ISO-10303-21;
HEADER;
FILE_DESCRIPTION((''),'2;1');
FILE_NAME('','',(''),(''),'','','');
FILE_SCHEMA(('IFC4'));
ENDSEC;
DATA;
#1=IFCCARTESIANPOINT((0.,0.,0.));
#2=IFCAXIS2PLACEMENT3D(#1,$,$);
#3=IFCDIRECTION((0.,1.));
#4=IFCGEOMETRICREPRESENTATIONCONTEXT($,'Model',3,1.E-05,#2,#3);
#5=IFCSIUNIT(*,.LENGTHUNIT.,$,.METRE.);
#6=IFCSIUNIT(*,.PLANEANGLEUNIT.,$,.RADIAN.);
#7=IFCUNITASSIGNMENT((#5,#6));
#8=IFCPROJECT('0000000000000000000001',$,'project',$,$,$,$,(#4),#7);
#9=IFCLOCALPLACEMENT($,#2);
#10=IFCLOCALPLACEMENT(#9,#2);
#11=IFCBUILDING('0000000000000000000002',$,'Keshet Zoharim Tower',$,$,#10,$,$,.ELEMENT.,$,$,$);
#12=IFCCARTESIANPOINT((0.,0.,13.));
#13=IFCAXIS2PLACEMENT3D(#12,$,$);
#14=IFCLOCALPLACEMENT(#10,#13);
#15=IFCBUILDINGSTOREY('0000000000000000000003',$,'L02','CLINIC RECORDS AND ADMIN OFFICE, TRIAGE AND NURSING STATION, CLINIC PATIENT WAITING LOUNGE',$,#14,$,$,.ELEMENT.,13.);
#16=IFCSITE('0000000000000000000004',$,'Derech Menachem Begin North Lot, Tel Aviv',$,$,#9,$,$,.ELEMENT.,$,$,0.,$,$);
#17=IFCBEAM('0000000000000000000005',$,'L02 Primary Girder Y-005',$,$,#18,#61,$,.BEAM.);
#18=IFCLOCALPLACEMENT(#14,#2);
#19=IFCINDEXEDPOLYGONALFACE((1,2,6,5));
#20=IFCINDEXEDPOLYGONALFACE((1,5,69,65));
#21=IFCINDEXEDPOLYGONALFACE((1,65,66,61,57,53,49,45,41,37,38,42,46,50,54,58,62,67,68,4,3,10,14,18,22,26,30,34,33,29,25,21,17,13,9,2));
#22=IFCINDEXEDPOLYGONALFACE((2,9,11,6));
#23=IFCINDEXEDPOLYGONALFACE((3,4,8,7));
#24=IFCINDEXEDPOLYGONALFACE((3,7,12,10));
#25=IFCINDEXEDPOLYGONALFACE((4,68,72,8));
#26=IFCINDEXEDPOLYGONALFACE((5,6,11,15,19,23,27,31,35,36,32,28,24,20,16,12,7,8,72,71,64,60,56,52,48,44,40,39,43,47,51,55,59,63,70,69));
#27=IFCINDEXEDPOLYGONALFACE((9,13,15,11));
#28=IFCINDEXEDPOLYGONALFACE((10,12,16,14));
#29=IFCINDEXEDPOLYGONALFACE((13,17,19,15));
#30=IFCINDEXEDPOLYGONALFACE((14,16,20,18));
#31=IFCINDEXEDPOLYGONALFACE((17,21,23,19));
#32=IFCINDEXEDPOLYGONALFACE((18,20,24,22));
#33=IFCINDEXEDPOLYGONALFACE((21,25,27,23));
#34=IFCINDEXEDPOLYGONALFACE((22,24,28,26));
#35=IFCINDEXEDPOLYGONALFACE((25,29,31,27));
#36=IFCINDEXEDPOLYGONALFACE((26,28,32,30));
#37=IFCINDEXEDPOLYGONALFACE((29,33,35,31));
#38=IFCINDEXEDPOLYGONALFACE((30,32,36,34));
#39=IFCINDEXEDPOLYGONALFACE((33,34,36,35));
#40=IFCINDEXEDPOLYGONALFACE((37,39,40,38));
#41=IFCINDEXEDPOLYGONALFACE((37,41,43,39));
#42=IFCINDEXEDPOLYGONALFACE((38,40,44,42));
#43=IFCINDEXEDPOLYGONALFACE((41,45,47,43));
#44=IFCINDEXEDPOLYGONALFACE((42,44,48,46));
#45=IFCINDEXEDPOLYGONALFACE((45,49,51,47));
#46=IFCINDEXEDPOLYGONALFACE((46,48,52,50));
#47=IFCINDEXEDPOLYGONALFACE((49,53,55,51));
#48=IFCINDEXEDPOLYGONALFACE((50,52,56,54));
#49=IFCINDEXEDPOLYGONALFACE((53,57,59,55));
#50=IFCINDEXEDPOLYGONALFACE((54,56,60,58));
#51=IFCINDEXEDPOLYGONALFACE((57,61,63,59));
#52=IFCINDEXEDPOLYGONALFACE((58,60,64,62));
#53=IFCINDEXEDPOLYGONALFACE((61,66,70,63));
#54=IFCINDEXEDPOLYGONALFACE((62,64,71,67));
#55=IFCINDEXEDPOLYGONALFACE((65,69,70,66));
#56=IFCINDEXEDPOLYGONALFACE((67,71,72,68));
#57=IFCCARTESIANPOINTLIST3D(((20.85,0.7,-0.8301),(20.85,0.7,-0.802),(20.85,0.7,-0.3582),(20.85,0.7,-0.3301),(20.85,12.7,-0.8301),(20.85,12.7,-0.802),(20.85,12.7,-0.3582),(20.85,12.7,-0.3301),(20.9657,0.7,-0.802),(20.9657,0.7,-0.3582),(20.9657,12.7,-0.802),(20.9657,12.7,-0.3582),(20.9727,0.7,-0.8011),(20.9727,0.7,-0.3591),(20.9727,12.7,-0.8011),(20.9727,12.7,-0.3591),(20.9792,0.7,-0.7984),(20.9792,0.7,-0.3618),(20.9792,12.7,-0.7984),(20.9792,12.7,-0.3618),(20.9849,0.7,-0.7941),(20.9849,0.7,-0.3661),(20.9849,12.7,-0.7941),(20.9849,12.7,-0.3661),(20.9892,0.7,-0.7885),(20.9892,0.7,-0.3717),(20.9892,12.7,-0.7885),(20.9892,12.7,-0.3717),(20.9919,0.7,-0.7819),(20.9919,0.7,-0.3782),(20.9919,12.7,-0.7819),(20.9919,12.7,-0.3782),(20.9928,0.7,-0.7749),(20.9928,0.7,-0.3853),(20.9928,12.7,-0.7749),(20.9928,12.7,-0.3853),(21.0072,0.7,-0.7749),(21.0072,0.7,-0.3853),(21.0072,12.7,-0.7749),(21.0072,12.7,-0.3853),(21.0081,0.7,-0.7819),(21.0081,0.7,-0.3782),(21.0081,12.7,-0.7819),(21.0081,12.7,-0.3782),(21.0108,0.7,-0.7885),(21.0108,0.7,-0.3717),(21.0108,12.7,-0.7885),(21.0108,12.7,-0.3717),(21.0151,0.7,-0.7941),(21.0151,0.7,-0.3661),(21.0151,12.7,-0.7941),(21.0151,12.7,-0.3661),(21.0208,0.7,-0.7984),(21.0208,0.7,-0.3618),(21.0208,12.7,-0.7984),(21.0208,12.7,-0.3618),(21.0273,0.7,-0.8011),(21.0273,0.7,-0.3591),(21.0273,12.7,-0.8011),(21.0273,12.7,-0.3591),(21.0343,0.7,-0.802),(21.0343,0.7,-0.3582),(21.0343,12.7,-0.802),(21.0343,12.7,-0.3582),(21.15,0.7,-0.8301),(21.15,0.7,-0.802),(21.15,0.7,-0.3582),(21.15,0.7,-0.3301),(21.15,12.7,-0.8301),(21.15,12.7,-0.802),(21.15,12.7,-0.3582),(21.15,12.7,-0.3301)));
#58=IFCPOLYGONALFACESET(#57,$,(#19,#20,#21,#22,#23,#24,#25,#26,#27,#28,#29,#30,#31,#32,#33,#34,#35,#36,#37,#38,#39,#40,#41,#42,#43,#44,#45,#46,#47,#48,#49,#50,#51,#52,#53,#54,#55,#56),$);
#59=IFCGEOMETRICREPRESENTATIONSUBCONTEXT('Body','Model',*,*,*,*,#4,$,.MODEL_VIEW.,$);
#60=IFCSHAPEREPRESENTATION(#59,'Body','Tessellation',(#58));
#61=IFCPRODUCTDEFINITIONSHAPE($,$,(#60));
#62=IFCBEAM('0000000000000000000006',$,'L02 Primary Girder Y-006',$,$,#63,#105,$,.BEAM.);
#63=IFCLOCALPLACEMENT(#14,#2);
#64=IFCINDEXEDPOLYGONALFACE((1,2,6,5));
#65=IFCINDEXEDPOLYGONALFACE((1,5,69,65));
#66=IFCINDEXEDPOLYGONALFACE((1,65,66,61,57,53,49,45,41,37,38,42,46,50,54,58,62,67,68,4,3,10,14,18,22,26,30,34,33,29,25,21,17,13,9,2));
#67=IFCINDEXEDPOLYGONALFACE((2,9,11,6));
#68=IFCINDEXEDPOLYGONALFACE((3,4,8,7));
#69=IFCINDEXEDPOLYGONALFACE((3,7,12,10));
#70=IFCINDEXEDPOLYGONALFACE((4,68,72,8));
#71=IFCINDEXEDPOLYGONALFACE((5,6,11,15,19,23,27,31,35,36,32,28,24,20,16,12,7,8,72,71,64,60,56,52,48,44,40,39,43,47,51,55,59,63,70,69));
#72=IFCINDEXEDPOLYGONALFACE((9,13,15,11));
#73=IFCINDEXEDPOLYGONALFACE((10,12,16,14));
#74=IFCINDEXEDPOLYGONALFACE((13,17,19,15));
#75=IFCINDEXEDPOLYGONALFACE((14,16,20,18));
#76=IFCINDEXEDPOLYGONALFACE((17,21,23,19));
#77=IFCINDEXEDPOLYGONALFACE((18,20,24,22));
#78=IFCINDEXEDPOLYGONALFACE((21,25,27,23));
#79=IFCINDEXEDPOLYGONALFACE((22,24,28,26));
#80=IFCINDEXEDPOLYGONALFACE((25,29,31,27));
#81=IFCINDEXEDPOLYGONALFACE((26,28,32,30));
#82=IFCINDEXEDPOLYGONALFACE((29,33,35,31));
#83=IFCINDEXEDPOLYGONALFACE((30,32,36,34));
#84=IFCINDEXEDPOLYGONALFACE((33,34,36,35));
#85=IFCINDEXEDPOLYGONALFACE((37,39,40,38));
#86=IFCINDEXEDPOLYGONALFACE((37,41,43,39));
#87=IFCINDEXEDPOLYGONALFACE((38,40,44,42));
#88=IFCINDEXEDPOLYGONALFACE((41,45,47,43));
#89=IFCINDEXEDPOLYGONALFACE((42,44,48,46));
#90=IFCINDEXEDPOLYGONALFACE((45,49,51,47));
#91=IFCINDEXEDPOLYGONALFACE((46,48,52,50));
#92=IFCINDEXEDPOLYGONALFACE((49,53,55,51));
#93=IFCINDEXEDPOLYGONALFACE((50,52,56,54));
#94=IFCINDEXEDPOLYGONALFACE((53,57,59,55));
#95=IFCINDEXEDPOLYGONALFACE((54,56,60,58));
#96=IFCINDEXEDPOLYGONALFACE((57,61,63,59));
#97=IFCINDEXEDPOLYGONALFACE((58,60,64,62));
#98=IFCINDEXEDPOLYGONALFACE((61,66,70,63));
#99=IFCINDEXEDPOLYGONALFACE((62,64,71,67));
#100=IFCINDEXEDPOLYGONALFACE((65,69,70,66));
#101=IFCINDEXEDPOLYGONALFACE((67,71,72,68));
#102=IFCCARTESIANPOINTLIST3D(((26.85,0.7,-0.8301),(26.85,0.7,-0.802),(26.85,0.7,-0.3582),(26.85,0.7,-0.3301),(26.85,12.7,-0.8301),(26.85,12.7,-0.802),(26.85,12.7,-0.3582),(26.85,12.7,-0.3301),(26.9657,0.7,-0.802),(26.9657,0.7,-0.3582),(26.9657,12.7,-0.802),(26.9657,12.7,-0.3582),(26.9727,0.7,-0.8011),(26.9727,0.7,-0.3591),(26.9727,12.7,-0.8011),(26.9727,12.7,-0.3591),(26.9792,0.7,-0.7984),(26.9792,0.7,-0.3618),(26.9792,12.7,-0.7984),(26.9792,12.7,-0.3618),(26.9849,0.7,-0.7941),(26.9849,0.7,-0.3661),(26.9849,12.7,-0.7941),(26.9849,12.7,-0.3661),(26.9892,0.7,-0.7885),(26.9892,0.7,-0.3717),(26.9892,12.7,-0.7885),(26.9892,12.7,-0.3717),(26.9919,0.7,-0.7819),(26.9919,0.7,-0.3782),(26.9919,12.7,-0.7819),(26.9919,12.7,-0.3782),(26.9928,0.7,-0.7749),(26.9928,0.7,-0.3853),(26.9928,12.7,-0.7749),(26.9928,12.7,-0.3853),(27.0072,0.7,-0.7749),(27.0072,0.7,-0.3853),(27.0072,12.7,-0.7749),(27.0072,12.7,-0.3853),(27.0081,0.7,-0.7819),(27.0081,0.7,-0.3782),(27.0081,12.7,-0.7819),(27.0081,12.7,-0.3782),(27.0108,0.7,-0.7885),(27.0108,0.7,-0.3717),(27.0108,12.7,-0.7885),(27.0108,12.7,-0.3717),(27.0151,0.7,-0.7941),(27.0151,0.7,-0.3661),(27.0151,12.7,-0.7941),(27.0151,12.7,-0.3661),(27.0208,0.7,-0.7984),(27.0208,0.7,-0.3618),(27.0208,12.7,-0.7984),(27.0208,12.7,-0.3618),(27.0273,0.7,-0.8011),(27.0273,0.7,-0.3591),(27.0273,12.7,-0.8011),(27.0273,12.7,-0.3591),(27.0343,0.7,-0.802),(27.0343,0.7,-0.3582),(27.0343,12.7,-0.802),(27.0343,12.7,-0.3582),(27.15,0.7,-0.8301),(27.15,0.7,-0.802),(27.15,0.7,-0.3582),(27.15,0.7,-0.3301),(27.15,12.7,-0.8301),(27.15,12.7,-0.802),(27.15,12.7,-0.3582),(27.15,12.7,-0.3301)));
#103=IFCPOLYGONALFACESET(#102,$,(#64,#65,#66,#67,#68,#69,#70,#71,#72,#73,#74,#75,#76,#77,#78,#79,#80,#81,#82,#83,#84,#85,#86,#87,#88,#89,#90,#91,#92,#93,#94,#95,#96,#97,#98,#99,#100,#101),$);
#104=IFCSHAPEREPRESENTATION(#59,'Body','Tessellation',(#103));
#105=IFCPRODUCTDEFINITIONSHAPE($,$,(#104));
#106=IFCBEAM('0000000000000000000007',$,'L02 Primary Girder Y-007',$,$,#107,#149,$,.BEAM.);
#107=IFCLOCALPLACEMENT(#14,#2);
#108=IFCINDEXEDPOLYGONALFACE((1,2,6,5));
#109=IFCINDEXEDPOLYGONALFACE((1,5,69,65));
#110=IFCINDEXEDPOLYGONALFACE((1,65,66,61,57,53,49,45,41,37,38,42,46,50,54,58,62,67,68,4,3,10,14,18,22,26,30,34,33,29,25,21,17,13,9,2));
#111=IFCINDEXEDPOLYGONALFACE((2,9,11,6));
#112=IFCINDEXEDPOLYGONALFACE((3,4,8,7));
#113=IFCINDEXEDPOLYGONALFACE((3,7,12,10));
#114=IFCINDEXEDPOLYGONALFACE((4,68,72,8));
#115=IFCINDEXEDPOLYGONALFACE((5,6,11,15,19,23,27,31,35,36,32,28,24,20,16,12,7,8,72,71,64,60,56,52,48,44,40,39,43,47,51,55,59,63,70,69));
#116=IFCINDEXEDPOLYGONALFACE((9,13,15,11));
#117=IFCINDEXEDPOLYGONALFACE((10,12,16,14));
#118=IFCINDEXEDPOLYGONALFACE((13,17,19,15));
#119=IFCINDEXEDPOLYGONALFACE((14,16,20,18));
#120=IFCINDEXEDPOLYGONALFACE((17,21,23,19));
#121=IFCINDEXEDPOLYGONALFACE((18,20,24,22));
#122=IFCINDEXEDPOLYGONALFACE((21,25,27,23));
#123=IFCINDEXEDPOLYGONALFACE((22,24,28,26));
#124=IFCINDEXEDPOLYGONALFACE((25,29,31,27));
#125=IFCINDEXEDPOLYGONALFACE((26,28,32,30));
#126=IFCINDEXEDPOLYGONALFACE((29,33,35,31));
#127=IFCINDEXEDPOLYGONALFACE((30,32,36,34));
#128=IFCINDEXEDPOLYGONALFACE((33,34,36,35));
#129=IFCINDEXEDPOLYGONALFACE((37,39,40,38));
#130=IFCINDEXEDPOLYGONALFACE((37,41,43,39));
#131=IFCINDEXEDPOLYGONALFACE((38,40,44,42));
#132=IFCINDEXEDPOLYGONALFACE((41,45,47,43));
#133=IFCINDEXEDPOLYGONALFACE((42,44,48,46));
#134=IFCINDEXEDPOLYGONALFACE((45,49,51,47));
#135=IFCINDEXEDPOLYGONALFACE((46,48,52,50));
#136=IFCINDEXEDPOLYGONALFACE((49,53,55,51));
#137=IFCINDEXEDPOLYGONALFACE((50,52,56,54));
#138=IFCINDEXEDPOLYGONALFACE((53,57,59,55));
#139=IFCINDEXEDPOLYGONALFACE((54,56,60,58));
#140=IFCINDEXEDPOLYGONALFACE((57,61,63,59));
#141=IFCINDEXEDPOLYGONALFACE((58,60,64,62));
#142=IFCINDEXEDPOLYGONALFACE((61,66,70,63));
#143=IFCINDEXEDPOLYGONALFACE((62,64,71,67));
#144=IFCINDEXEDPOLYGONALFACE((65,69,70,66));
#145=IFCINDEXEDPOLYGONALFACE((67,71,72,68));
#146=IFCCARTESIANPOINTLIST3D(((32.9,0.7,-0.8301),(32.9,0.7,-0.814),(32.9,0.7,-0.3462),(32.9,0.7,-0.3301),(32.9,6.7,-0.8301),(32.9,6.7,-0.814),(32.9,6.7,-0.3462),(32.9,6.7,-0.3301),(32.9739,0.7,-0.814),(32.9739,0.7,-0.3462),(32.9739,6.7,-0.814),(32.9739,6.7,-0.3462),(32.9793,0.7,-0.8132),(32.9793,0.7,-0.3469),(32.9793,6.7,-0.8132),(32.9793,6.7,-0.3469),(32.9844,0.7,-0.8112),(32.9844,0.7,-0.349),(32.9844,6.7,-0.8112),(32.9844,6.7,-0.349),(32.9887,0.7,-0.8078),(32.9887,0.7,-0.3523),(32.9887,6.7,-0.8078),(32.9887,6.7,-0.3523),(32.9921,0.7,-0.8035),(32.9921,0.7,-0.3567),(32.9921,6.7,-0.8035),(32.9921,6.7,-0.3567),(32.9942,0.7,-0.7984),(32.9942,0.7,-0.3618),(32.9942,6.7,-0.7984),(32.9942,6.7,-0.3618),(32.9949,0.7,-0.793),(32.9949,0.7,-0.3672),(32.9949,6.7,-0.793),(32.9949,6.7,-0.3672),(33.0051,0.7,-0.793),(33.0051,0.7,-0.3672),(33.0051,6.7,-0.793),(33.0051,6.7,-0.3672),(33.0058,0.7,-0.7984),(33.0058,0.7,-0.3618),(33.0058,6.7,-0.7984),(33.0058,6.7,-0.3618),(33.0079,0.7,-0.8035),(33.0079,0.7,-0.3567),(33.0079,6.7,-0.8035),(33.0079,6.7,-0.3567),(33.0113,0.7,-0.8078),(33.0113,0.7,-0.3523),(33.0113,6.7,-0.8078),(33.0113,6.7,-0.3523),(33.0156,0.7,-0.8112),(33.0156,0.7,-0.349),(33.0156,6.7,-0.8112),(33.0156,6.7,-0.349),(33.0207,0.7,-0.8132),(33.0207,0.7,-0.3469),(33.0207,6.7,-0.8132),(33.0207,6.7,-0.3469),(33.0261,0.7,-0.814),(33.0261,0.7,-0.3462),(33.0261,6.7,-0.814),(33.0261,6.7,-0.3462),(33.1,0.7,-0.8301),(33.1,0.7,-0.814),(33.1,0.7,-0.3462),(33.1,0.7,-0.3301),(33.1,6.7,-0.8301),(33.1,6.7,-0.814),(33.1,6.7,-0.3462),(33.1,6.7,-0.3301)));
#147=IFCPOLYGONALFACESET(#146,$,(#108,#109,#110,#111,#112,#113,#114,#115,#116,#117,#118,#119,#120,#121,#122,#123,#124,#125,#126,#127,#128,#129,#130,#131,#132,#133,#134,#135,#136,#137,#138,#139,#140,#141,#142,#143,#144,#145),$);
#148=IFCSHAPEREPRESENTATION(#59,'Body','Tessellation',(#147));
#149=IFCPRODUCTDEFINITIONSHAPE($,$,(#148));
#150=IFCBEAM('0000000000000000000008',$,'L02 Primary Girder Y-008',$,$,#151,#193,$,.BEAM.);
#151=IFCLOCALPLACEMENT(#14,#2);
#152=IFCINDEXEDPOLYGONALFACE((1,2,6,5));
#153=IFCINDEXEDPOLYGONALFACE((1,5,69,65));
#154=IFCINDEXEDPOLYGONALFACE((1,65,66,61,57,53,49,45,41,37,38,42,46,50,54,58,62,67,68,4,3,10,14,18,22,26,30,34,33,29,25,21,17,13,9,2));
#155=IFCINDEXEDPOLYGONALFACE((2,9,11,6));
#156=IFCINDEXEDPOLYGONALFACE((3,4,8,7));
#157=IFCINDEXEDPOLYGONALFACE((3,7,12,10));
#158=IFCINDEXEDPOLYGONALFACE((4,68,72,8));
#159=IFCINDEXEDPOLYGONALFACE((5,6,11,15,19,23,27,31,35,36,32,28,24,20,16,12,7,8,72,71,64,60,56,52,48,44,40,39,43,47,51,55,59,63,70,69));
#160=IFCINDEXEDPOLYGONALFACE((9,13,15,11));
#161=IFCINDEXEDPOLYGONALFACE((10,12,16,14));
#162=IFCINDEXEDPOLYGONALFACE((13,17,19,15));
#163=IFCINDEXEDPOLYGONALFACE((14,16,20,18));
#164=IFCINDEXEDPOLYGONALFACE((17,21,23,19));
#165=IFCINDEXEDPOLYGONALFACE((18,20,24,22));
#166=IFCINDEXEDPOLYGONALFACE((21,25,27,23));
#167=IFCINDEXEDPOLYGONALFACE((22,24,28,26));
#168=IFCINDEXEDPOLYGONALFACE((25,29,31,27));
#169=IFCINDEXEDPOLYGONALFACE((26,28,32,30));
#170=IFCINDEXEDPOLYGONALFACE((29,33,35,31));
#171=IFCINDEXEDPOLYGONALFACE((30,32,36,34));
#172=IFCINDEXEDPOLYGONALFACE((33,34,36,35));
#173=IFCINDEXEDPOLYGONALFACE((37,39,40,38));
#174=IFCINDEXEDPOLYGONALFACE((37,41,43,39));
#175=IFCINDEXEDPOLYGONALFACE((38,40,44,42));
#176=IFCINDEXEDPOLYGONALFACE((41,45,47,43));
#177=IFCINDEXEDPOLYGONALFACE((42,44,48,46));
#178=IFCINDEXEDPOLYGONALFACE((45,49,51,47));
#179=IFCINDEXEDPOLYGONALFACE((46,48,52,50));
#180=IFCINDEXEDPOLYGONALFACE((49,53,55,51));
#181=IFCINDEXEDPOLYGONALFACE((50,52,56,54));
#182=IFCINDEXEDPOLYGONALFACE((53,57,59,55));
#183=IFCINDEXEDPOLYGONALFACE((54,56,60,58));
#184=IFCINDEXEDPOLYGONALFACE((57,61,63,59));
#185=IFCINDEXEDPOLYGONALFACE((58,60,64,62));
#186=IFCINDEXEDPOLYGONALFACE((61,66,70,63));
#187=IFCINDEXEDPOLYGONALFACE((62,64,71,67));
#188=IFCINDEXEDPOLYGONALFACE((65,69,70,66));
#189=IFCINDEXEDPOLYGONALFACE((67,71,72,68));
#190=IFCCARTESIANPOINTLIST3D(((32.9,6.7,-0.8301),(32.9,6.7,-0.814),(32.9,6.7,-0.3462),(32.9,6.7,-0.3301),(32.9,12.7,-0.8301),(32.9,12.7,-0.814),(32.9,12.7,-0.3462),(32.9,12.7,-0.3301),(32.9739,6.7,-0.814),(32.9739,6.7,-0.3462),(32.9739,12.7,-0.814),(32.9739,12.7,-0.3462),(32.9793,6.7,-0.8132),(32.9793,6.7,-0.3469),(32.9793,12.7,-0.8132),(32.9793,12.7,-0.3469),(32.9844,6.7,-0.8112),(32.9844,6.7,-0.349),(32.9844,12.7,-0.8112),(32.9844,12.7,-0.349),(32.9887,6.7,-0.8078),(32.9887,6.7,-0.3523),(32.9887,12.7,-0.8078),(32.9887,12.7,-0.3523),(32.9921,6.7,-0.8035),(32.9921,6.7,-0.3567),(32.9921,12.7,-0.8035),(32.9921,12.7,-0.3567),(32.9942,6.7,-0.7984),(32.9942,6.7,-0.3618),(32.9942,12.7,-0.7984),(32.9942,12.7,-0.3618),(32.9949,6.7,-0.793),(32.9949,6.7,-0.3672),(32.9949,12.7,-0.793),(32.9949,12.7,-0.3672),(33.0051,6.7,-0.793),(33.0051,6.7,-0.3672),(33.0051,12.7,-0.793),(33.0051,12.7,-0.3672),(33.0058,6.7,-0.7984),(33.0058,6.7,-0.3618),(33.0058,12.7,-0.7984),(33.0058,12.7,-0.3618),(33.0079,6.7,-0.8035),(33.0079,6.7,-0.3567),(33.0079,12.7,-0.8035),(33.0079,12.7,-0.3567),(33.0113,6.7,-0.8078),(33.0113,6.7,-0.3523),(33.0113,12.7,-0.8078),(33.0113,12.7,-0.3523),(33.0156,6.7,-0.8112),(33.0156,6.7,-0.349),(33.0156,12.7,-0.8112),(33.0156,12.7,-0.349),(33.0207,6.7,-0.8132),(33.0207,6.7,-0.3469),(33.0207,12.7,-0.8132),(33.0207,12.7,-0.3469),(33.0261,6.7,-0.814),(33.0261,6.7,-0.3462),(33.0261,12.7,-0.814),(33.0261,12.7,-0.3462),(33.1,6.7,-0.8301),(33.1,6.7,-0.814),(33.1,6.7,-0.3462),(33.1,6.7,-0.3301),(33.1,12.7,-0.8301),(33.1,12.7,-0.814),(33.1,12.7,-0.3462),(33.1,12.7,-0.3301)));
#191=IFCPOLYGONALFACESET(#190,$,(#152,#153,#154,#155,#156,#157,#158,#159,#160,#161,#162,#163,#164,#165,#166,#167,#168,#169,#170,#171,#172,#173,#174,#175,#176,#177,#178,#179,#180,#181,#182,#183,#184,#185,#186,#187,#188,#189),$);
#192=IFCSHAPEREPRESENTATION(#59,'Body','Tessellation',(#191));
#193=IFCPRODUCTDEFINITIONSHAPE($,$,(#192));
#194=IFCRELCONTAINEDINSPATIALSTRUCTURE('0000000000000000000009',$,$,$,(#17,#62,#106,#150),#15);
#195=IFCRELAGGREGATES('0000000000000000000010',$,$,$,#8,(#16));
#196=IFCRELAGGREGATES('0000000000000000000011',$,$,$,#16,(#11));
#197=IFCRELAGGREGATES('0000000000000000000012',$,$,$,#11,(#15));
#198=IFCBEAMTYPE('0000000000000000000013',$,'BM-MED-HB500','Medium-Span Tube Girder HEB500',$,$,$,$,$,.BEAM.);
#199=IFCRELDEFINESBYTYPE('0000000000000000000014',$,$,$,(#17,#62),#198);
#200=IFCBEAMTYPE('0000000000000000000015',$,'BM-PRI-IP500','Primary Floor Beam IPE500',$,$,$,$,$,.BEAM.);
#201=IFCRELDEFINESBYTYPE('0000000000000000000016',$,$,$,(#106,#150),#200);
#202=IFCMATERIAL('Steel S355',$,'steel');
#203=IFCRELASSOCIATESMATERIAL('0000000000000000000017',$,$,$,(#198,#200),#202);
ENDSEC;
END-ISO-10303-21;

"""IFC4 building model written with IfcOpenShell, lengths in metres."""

from ifc_helpers import new_model, si_unit, direction, frame, origin, origin_2d, place, context, subcontext, project, spatial, i_section, extrude, material, material_profile, profile_set, type_object, element, save


model = new_model("IFC4")

# Units and contexts
model_context = context("Model", 3, precision=1e-05, world=origin(), true_north=direction((0.0, 1.0)))
body_context = subcontext(model_context, "Body", "Model", "MODEL_VIEW")
ifc_project = project(units=[si_unit("LENGTHUNIT", "METRE"), si_unit("PLANEANGLEUNIT", "RADIAN")], contexts=[model_context])

# Site, building, storey
site_placement = place(None, origin())
site = spatial("IfcSite", under=ifc_project, at=site_placement, Name="Derech Menachem Begin North Lot, Tel Aviv", CompositionType="ELEMENT", RefElevation=0.0)
building_placement = place(site_placement, origin())
building = spatial("IfcBuilding", under=site, at=building_placement, Name="Keshet Zoharim Tower", CompositionType="ELEMENT")
storey_placement = place(building_placement, frame((0.0, 0.0, 13.0)))
storey = spatial("IfcBuildingStorey", under=building, at=storey_placement, Name="L02", Description="CLINIC RECORDS AND ADMIN OFFICE, TRIAGE AND NURSING STATION, CLINIC PATIENT WAITING LOUNGE", CompositionType="ELEMENT", Elevation=13.0)

# Shared definitions
ifc_material_1 = material(Name="Steel S355", Category="steel")

# Beams
ifc_material_profile_1 = material_profile(ifc_material_1, i_section(OverallWidth=0.3, OverallDepth=0.5, WebThickness=0.0144, FlangeThickness=0.0281, FilletRadius=0.0271, at=origin_2d()), Name="HEB500")
ifc_profile_set_1 = profile_set([ifc_material_profile_1], Name="Steel S355")
beam_type_1 = type_object("IfcBeamType", Name="BM-MED-HB500", Description="Medium-Span Tube Girder HEB500", PredefinedType="BEAM", material=ifc_profile_set_1)
for number, where, z_axis, x_axis, name in (
    (1, (21.0, 0.7, -0.5801), (0.0, 1.0, 0.0), (-1.0, 0.0, 0.0), "L02 Primary Girder Y-005"),
    (2, (27.0, 0.7, -0.5801), (0.0, 1.0, 0.0), (-1.0, 0.0, 0.0), "L02 Primary Girder Y-006"),
):
    element("IfcBeam", number, at=place(storey_placement, frame(where, z_axis=z_axis, x_axis=x_axis)), inside=storey, type_object=beam_type_1, Name=name, PredefinedType="BEAM", context=body_context, shape_type="SweptSolid", body=[
        extrude(i_section(OverallWidth=0.3, OverallDepth=0.5, WebThickness=0.0144, FlangeThickness=0.0281, FilletRadius=0.0271, at=origin_2d()), origin(), (0.0, 0.0, 1.0), 12.0),
    ])
ifc_material_profile_2 = material_profile(ifc_material_1, i_section(OverallWidth=0.2, OverallDepth=0.5, WebThickness=0.0103, FlangeThickness=0.0161, FilletRadius=0.021, at=origin_2d()), Name="IPE500")
ifc_profile_set_2 = profile_set([ifc_material_profile_2], Name="Steel S355")
beam_type_2 = type_object("IfcBeamType", Name="BM-PRI-IP500", Description="Primary Floor Beam IPE500", PredefinedType="BEAM", material=ifc_profile_set_2)
for number, where, z_axis, x_axis, name in (
    (3, (33.0, 0.7, -0.5801), (0.0, 1.0, 0.0), (-1.0, 0.0, 0.0), "L02 Primary Girder Y-007"),
    (4, (33.0, 6.7, -0.5801), (0.0, 1.0, 0.0), (-1.0, 0.0, 0.0), "L02 Primary Girder Y-008"),
):
    element("IfcBeam", number, at=place(storey_placement, frame(where, z_axis=z_axis, x_axis=x_axis)), inside=storey, type_object=beam_type_2, Name=name, PredefinedType="BEAM", context=body_context, shape_type="SweptSolid", body=[
        extrude(i_section(OverallWidth=0.2, OverallDepth=0.5, WebThickness=0.0103, FlangeThickness=0.0161, FilletRadius=0.021, at=origin_2d()), origin(), (0.0, 0.0, 1.0), 6.0),
    ])

save(model, "model.ifc")
